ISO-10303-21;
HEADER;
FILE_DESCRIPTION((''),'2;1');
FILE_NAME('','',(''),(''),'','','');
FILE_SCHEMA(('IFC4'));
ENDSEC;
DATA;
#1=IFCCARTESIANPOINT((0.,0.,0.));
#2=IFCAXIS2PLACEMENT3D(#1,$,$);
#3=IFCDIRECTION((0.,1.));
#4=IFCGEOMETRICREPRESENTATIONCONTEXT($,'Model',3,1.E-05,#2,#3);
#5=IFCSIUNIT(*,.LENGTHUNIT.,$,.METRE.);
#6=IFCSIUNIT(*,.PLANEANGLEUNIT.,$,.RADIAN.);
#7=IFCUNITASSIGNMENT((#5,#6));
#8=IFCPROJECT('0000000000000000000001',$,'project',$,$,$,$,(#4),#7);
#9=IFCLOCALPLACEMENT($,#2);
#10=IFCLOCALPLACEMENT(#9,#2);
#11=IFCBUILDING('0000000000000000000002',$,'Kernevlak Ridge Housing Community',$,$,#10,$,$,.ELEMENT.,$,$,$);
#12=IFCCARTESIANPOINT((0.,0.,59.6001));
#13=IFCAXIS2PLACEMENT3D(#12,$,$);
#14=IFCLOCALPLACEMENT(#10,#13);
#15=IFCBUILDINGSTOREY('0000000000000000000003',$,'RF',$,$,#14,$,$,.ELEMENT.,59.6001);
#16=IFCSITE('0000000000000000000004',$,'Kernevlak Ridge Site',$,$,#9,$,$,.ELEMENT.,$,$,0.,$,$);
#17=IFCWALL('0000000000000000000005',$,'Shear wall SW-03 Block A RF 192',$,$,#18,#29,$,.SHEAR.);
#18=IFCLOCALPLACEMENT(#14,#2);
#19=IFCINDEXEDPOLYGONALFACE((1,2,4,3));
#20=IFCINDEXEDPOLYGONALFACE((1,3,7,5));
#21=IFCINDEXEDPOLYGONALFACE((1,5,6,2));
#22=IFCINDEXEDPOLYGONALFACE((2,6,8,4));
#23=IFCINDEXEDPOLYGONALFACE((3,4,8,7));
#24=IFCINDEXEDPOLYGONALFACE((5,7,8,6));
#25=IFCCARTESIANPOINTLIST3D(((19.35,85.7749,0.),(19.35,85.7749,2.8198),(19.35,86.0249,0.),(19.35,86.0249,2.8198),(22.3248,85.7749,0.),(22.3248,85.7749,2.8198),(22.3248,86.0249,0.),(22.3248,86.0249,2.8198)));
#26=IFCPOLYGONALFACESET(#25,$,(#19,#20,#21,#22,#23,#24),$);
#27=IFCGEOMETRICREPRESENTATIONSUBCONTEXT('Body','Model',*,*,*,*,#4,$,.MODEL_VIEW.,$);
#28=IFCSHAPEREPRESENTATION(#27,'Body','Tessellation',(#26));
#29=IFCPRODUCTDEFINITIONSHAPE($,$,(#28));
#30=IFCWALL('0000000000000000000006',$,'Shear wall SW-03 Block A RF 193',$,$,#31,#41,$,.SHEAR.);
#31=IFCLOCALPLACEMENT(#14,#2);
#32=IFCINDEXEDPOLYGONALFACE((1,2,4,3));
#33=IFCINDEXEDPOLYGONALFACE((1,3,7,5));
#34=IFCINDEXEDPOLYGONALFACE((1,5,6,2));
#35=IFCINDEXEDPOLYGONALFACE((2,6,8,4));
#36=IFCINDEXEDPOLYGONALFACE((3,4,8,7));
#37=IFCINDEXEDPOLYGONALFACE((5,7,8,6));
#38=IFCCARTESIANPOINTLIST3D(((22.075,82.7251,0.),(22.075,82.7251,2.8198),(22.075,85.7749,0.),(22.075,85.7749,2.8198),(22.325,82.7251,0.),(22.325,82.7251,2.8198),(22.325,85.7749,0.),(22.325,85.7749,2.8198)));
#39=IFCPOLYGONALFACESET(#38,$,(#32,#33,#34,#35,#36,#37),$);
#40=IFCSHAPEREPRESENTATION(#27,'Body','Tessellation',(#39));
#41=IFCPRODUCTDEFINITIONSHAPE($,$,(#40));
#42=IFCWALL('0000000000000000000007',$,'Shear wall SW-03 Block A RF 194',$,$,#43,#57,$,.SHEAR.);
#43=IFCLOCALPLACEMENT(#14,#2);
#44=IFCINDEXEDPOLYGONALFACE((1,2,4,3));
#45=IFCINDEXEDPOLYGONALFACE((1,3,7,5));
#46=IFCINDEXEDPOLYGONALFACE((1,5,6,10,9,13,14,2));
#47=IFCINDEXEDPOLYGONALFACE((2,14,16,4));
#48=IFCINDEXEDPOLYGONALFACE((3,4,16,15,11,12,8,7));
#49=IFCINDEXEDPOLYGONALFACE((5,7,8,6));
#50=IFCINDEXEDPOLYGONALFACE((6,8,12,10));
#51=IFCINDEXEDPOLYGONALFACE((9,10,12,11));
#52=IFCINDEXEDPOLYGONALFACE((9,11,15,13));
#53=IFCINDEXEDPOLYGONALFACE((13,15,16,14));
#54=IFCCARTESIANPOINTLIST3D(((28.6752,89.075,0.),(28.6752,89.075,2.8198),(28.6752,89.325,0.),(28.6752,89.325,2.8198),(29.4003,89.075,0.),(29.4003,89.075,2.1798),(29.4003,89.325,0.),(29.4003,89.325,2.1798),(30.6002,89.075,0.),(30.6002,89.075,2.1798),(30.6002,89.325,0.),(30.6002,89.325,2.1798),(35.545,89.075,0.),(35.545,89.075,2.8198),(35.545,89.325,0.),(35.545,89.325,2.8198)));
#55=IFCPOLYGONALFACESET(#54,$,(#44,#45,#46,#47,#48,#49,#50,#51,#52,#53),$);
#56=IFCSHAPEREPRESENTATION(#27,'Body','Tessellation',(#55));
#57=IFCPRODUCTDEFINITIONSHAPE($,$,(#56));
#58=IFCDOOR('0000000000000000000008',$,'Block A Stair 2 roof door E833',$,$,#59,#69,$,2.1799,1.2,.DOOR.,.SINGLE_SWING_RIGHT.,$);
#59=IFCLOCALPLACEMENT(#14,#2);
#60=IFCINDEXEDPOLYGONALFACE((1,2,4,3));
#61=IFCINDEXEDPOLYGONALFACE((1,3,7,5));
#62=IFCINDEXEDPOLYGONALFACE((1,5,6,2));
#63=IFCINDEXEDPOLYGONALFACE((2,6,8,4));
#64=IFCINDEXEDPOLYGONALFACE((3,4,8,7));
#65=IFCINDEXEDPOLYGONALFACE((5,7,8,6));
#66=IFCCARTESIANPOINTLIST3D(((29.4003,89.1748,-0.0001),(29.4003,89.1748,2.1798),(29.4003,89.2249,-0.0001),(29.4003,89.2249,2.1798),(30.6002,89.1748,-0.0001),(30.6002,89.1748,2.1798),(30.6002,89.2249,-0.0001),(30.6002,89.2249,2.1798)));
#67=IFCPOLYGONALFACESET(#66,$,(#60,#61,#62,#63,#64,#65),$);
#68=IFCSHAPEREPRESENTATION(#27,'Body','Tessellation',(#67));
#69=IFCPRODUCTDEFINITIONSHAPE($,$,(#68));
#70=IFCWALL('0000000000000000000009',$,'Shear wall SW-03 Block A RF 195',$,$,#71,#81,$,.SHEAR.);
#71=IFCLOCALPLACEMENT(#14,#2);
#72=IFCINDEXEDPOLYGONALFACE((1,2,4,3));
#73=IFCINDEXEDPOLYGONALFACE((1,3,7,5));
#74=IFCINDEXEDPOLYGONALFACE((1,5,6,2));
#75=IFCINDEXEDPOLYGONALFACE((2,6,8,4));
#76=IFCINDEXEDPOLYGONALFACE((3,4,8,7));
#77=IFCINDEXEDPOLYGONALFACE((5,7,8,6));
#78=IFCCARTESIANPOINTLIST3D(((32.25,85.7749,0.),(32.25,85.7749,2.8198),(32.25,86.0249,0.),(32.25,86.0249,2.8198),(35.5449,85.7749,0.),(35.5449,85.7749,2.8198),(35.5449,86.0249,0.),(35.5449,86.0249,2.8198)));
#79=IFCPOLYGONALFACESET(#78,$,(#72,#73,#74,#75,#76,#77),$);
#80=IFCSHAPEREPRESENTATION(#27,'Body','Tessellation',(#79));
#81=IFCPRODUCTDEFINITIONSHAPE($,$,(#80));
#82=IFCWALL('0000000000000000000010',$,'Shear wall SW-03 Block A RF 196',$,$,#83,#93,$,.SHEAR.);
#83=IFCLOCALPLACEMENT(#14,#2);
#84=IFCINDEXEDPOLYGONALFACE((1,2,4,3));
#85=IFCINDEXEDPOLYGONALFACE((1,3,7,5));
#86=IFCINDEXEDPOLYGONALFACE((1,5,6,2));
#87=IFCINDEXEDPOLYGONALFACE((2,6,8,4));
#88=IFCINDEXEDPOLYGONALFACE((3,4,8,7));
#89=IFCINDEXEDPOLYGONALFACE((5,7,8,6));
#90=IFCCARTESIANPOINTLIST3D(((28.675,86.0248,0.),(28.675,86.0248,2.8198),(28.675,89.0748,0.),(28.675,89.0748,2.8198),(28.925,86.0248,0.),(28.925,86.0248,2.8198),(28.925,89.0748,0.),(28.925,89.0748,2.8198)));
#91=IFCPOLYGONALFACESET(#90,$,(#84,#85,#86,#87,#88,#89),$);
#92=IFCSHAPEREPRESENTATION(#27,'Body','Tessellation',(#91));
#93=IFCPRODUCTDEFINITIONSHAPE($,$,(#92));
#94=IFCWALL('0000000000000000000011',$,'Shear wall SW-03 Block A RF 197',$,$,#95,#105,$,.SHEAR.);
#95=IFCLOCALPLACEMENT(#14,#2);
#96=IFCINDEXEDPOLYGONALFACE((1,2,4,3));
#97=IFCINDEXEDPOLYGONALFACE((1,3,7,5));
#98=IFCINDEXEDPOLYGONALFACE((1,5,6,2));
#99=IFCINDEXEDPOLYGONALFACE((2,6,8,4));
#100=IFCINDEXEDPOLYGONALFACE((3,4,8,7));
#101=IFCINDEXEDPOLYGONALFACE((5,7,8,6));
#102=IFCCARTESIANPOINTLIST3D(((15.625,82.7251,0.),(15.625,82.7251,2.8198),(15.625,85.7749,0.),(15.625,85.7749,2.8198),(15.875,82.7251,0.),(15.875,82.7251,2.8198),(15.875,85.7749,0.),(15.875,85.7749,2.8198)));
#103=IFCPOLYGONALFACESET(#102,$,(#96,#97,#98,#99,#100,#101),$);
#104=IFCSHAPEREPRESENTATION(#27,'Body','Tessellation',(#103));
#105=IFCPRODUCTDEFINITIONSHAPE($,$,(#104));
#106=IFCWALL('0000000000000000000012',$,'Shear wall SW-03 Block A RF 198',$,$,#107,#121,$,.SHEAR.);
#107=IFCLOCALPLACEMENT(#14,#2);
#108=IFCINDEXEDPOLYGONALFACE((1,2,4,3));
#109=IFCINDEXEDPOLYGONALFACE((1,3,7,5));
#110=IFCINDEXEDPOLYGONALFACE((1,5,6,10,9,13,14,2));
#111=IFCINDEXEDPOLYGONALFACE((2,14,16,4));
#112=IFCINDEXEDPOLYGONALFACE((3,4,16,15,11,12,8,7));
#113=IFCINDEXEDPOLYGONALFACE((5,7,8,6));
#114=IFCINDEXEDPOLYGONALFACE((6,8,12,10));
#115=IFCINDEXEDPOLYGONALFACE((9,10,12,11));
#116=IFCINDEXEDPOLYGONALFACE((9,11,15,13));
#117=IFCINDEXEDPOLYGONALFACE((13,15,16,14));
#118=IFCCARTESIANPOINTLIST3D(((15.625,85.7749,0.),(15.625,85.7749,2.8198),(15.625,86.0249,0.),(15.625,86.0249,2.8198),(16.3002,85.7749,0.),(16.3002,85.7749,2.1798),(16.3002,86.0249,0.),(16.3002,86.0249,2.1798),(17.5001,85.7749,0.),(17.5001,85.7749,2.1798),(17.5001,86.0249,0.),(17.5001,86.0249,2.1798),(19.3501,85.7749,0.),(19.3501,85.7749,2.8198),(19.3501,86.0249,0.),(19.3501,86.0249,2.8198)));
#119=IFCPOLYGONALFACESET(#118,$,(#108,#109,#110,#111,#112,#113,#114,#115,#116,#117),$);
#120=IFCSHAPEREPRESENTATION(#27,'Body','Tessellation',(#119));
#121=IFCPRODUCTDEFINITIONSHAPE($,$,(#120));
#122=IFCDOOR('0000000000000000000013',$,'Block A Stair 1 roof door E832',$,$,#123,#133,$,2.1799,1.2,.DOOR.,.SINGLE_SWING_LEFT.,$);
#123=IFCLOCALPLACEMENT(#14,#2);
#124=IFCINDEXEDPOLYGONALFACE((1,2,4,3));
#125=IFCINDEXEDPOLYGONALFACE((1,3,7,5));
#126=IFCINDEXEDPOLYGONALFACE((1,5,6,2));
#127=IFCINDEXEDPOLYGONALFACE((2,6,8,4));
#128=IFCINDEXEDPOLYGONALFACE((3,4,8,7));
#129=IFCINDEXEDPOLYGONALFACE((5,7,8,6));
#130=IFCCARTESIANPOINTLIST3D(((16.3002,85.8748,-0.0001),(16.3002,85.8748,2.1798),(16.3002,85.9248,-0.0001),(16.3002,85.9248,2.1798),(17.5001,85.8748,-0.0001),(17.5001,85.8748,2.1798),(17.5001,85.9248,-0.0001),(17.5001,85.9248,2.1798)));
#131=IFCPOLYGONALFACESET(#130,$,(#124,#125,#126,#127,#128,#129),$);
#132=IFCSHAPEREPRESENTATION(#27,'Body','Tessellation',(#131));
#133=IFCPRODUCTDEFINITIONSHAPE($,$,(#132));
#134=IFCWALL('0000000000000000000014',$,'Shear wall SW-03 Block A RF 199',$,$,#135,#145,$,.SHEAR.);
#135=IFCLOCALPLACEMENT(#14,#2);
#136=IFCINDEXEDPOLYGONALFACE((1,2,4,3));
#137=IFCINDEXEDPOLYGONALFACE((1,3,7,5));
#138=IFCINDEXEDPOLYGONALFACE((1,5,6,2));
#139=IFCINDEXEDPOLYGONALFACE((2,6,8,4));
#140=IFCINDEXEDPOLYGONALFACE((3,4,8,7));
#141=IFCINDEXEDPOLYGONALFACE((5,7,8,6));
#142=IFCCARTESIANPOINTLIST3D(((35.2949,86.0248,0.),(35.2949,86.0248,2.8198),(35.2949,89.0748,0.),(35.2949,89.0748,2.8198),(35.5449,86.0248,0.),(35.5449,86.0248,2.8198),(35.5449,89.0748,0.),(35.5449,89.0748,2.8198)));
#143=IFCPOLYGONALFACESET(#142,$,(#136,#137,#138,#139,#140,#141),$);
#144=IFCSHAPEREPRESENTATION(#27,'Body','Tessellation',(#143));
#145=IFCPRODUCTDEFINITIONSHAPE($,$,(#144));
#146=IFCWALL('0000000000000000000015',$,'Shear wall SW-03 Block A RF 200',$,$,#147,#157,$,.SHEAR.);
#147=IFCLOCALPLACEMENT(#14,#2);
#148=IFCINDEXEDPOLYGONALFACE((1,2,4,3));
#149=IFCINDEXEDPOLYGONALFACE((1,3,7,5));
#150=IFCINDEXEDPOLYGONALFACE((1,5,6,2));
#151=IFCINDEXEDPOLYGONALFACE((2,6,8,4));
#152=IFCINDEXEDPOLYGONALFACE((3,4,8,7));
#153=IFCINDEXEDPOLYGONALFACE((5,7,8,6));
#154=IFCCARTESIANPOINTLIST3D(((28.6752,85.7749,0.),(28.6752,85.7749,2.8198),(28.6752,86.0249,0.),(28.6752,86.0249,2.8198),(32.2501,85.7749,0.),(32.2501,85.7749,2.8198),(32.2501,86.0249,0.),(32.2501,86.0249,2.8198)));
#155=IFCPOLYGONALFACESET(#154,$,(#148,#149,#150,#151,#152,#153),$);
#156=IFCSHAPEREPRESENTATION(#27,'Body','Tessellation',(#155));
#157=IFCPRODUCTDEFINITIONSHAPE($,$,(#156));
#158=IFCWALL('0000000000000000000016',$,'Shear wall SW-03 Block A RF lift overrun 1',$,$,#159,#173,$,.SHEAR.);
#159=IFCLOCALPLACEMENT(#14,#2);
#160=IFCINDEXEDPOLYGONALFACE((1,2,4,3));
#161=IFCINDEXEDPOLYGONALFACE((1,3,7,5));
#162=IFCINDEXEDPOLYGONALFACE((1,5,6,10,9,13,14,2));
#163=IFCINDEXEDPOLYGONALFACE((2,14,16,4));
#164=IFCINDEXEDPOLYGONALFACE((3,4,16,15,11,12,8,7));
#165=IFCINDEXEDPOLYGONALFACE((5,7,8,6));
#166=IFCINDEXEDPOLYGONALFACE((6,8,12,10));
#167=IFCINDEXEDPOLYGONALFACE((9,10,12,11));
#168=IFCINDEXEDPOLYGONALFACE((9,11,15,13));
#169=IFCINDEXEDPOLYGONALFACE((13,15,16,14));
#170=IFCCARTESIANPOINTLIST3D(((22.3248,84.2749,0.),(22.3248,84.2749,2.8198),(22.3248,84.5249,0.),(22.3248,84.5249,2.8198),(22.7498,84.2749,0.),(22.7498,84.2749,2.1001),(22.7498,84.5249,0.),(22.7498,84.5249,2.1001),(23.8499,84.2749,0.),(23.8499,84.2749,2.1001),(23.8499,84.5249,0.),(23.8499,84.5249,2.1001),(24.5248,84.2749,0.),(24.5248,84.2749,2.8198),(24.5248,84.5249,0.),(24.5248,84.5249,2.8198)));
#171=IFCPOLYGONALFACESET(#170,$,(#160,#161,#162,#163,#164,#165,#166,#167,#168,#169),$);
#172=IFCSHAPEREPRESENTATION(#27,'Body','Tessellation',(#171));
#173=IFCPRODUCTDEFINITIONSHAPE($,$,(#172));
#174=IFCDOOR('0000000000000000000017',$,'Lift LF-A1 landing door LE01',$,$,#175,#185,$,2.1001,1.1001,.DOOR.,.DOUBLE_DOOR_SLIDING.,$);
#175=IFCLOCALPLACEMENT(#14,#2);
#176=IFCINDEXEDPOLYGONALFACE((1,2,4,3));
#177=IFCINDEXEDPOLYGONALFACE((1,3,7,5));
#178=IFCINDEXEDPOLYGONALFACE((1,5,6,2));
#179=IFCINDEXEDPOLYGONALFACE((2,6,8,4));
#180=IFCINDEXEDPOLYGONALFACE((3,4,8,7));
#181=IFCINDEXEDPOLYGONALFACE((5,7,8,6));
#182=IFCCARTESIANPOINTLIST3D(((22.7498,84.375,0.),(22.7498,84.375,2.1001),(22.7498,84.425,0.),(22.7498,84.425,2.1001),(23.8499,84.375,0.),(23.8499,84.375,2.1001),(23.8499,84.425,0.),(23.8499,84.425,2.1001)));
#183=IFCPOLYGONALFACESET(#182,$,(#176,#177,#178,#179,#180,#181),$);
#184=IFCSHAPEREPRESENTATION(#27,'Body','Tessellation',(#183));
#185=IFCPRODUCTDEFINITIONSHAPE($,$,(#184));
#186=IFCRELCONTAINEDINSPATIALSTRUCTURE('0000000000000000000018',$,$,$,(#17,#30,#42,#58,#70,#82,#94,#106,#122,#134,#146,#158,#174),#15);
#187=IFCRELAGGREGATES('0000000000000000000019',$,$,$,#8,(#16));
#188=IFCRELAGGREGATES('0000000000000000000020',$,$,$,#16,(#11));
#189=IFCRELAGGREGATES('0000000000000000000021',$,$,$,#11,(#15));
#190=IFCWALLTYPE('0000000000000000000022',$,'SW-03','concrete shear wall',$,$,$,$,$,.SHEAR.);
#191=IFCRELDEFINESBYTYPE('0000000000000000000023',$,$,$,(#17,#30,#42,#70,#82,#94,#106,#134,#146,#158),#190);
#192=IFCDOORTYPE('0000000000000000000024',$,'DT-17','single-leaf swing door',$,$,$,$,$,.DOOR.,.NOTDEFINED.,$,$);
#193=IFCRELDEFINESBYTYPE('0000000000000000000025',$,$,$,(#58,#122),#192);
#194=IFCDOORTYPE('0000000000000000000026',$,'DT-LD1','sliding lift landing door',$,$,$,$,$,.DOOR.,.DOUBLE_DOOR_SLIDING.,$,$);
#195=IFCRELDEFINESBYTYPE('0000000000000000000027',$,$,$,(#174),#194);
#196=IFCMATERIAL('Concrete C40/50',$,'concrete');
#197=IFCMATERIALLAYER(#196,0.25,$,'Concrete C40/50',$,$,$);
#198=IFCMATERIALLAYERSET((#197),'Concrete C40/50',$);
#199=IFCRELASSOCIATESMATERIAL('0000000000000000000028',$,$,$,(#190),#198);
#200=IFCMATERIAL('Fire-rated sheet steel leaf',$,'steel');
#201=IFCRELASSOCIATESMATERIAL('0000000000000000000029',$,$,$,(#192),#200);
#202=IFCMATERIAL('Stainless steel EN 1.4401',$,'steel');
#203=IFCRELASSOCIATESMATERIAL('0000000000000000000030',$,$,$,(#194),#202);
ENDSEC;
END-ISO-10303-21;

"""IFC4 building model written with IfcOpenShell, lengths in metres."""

from ifc_helpers import new_model, si_unit, direction, frame, frame_2d, origin, place, context, subcontext, project, spatial, rectangle, extrude, material, layer, layer_set, type_object, element, fill, save


model = new_model("IFC4")

# Units and contexts
model_context = context("Model", 3, precision=1e-05, world=origin(), true_north=direction((0.0, 1.0)))
body_context = subcontext(model_context, "Body", "Model", "MODEL_VIEW")
ifc_project = project(units=[si_unit("LENGTHUNIT", "METRE"), si_unit("PLANEANGLEUNIT", "RADIAN")], contexts=[model_context])

# Site, building, storey
site_placement = place(None, origin())
site = spatial("IfcSite", under=ifc_project, at=site_placement, Name="Kernevlak Ridge Site", CompositionType="ELEMENT", RefElevation=0.0)
building_placement = place(site_placement, origin())
building = spatial("IfcBuilding", under=site, at=building_placement, Name="Kernevlak Ridge Housing Community", CompositionType="ELEMENT")
storey_placement = place(building_placement, frame((0.0, 0.0, 59.6001)))
storey = spatial("IfcBuildingStorey", under=building, at=storey_placement, Name="RF", CompositionType="ELEMENT", Elevation=59.6001)

# Walls
ifc_material_1 = material(Name="Concrete C40/50", Category="concrete")
ifc_layer_1 = layer(ifc_material_1, 0.25, Name="Concrete C40/50")
ifc_layer_set_1 = layer_set([ifc_layer_1], Name="Concrete C40/50")
wall_type_1 = type_object("IfcWallType", Name="SW-03", Description="concrete shear wall", PredefinedType="SHEAR", material=ifc_layer_set_1)
wall_1_placement = place(storey_placement, frame((19.3501, 85.8999, 0.0), z_axis=(0.0, 0.0, 1.0), x_axis=(1.0, 0.0, 0.0)))
element("IfcWall", 1, at=wall_1_placement, inside=storey, type_object=wall_type_1, Name="Shear wall SW-03 Block A RF 192", PredefinedType="SHEAR", context=body_context, shape_type="SweptSolid", body=[
    extrude(rectangle(XDim=2.9749, YDim=0.25, at=frame_2d((1.4873, 0.0))), origin(), (0.0, 0.0, 1.0), 2.8198),
])
wall_2_placement = place(storey_placement, frame((22.2, 82.7251, 0.0), z_axis=(0.0, 0.0, 1.0), x_axis=(0.0, 1.0, 0.0)))
element("IfcWall", 2, at=wall_2_placement, inside=storey, type_object=wall_type_1, Name="Shear wall SW-03 Block A RF 193", PredefinedType="SHEAR", context=body_context, shape_type="SweptSolid", body=[
    extrude(rectangle(XDim=3.0498, YDim=0.25, at=frame_2d((1.5249, 0.0))), origin(), (0.0, 0.0, 1.0), 2.8198),
])

# Wall, opening, door
wall_3_placement = place(storey_placement, frame((28.675, 89.2, 0.0), z_axis=(0.0, 0.0, 1.0), x_axis=(1.0, 0.0, 0.0)))
wall_3 = element("IfcWall", 3, at=wall_3_placement, inside=storey, type_object=wall_type_1, Name="Shear wall SW-03 Block A RF 194", PredefinedType="SHEAR", context=body_context, shape_type="SweptSolid", body=[
    extrude(rectangle(XDim=6.8699, YDim=0.25, at=frame_2d((3.4351, 0.0))), origin(), (0.0, 0.0, 1.0), 2.8198),
])
opening_1_placement = place(wall_3_placement, frame((0.7251, 0.0, 0.0)))
opening_1 = element("IfcOpeningElement", 4, at=opening_1_placement, cuts=wall_3, PredefinedType="OPENING", context=body_context, shape_type="SweptSolid", body=[
    extrude(rectangle(XDim=1.2, YDim=2.1799, at=frame_2d((0.6001, 1.0898))), frame((0.0, 0.135, 0.0), z_axis=(0.0, -1.0, 0.0), x_axis=(1.0, 0.0, 0.0)), (0.0, 0.0, 1.0), 0.27),
])
ifc_material_2 = material(Name="Fire-rated sheet steel leaf", Category="steel")
door_type_1 = type_object("IfcDoorType", Name="DT-17", Description="single-leaf swing door", OperationType="NOTDEFINED", PredefinedType="DOOR", material=ifc_material_2)
door_1_placement = place(opening_1_placement, origin())
door_1 = element("IfcDoor", 5, at=door_1_placement, inside=storey, type_object=door_type_1, Name="Block A Stair 2 roof door E833", OperationType="SINGLE_SWING_RIGHT", OverallHeight=2.1799, OverallWidth=1.2, PredefinedType="DOOR", context=body_context, shape_type="SweptSolid", body=[
    extrude(rectangle(XDim=1.2, YDim=2.1799, at=frame_2d((0.6001, 1.0898))), frame((0.0, 0.0249, 0.0), z_axis=(0.0, -1.0, 0.0), x_axis=(1.0, 0.0, 0.0)), (0.0, 0.0, 1.0), 0.05),
])
fill(opening_1, door_1)

# Walls
wall_4_placement = place(storey_placement, frame((32.25, 85.8999, 0.0), z_axis=(0.0, 0.0, 1.0), x_axis=(1.0, 0.0, 0.0)))
element("IfcWall", 6, at=wall_4_placement, inside=storey, type_object=wall_type_1, Name="Shear wall SW-03 Block A RF 195", PredefinedType="SHEAR", context=body_context, shape_type="SweptSolid", body=[
    extrude(rectangle(XDim=3.2949, YDim=0.25, at=frame_2d((1.6475, 0.0))), origin(), (0.0, 0.0, 1.0), 2.8198),
])
wall_5_placement = place(storey_placement, frame((28.8, 86.0249, 0.0), z_axis=(0.0, 0.0, 1.0), x_axis=(0.0, 1.0, 0.0)))
element("IfcWall", 7, at=wall_5_placement, inside=storey, type_object=wall_type_1, Name="Shear wall SW-03 Block A RF 196", PredefinedType="SHEAR", context=body_context, shape_type="SweptSolid", body=[
    extrude(rectangle(XDim=3.05, YDim=0.25, at=frame_2d((1.5249, 0.0))), origin(), (0.0, 0.0, 1.0), 2.8198),
])
wall_6_placement = place(storey_placement, frame((15.75, 82.7251, 0.0), z_axis=(0.0, 0.0, 1.0), x_axis=(0.0, 1.0, 0.0)))
element("IfcWall", 8, at=wall_6_placement, inside=storey, type_object=wall_type_1, Name="Shear wall SW-03 Block A RF 197", PredefinedType="SHEAR", context=body_context, shape_type="SweptSolid", body=[
    extrude(rectangle(XDim=3.0498, YDim=0.25, at=frame_2d((1.5249, 0.0))), origin(), (0.0, 0.0, 1.0), 2.8198),
])

# Wall, opening, door
wall_7_placement = place(storey_placement, frame((15.625, 85.8999, 0.0), z_axis=(0.0, 0.0, 1.0), x_axis=(1.0, 0.0, 0.0)))
wall_7 = element("IfcWall", 9, at=wall_7_placement, inside=storey, type_object=wall_type_1, Name="Shear wall SW-03 Block A RF 198", PredefinedType="SHEAR", context=body_context, shape_type="SweptSolid", body=[
    extrude(rectangle(XDim=3.7251, YDim=0.25, at=frame_2d((1.8625, 0.0))), origin(), (0.0, 0.0, 1.0), 2.8198),
])
opening_2_placement = place(wall_7_placement, frame((0.675, 0.0, 0.0)))
opening_2 = element("IfcOpeningElement", 10, at=opening_2_placement, cuts=wall_7, PredefinedType="OPENING", context=body_context, shape_type="SweptSolid", body=[
    extrude(rectangle(XDim=1.2, YDim=2.1799, at=frame_2d((0.6001, 1.0898))), frame((0.0, 0.135, 0.0), z_axis=(0.0, -1.0, 0.0), x_axis=(1.0, 0.0, 0.0)), (0.0, 0.0, 1.0), 0.27),
])
door_2_placement = place(opening_2_placement, origin())
door_2 = element("IfcDoor", 11, at=door_2_placement, inside=storey, type_object=door_type_1, Name="Block A Stair 1 roof door E832", OperationType="SINGLE_SWING_LEFT", OverallHeight=2.1799, OverallWidth=1.2, PredefinedType="DOOR", context=body_context, shape_type="SweptSolid", body=[
    extrude(rectangle(XDim=1.2, YDim=2.1799, at=frame_2d((0.6001, 1.0898))), frame((0.0, 0.0249, 0.0), z_axis=(0.0, -1.0, 0.0), x_axis=(1.0, 0.0, 0.0)), (0.0, 0.0, 1.0), 0.05),
])
fill(opening_2, door_2)

# Walls
wall_8_placement = place(storey_placement, frame((35.4199, 86.0249, 0.0), z_axis=(0.0, 0.0, 1.0), x_axis=(0.0, 1.0, 0.0)))
element("IfcWall", 12, at=wall_8_placement, inside=storey, type_object=wall_type_1, Name="Shear wall SW-03 Block A RF 199", PredefinedType="SHEAR", context=body_context, shape_type="SweptSolid", body=[
    extrude(rectangle(XDim=3.05, YDim=0.25, at=frame_2d((1.5249, 0.0))), origin(), (0.0, 0.0, 1.0), 2.8198),
])
wall_9_placement = place(storey_placement, frame((28.675, 85.8999, 0.0), z_axis=(0.0, 0.0, 1.0), x_axis=(1.0, 0.0, 0.0)))
element("IfcWall", 13, at=wall_9_placement, inside=storey, type_object=wall_type_1, Name="Shear wall SW-03 Block A RF 200", PredefinedType="SHEAR", context=body_context, shape_type="SweptSolid", body=[
    extrude(rectangle(XDim=3.575, YDim=0.25, at=frame_2d((1.7876, 0.0))), origin(), (0.0, 0.0, 1.0), 2.8198),
])

# Wall, opening, door
wall_10_placement = place(storey_placement, frame((24.5249, 84.3999, 0.0), z_axis=(0.0, 0.0, 1.0), x_axis=(-1.0, 0.0, 0.0)))
wall_10 = element("IfcWall", 14, at=wall_10_placement, inside=storey, type_object=wall_type_1, Name="Shear wall SW-03 Block A RF lift overrun 1", PredefinedType="SHEAR", context=body_context, shape_type="SweptSolid", body=[
    extrude(rectangle(XDim=2.2, YDim=0.25, at=frame_2d((1.1001, 0.0))), origin(), (0.0, 0.0, 1.0), 2.8198),
])
opening_3_placement = place(wall_10_placement, frame((0.675, 0.0, 0.0)))
opening_3 = element("IfcOpeningElement", 15, at=opening_3_placement, cuts=wall_10, PredefinedType="OPENING", context=body_context, shape_type="SweptSolid", body=[
    extrude(rectangle(XDim=1.1001, YDim=2.1001, at=frame_2d((0.55, 1.05))), frame((0.0, 0.135, 0.0), z_axis=(0.0, -1.0, 0.0), x_axis=(1.0, 0.0, 0.0)), (0.0, 0.0, 1.0), 0.27),
])
ifc_material_3 = material(Name="Stainless steel EN 1.4401", Category="steel")
door_type_2 = type_object("IfcDoorType", Name="DT-LD1", Description="sliding lift landing door", OperationType="DOUBLE_DOOR_SLIDING", PredefinedType="DOOR", material=ifc_material_3)
door_3_placement = place(opening_3_placement, origin())
door_3 = element("IfcDoor", 16, at=door_3_placement, inside=storey, type_object=door_type_2, Name="Lift LF-A1 landing door LE01", OperationType="DOUBLE_DOOR_SLIDING", OverallHeight=2.1001, OverallWidth=1.1001, PredefinedType="DOOR", context=body_context, shape_type="SweptSolid", body=[
    extrude(rectangle(XDim=1.1001, YDim=2.1001, at=frame_2d((0.55, 1.05))), frame((0.0, 0.0249, 0.0), z_axis=(0.0, -1.0, 0.0), x_axis=(1.0, 0.0, 0.0)), (0.0, 0.0, 1.0), 0.05),
])
fill(opening_3, door_3)

save(model, "model.ifc")
